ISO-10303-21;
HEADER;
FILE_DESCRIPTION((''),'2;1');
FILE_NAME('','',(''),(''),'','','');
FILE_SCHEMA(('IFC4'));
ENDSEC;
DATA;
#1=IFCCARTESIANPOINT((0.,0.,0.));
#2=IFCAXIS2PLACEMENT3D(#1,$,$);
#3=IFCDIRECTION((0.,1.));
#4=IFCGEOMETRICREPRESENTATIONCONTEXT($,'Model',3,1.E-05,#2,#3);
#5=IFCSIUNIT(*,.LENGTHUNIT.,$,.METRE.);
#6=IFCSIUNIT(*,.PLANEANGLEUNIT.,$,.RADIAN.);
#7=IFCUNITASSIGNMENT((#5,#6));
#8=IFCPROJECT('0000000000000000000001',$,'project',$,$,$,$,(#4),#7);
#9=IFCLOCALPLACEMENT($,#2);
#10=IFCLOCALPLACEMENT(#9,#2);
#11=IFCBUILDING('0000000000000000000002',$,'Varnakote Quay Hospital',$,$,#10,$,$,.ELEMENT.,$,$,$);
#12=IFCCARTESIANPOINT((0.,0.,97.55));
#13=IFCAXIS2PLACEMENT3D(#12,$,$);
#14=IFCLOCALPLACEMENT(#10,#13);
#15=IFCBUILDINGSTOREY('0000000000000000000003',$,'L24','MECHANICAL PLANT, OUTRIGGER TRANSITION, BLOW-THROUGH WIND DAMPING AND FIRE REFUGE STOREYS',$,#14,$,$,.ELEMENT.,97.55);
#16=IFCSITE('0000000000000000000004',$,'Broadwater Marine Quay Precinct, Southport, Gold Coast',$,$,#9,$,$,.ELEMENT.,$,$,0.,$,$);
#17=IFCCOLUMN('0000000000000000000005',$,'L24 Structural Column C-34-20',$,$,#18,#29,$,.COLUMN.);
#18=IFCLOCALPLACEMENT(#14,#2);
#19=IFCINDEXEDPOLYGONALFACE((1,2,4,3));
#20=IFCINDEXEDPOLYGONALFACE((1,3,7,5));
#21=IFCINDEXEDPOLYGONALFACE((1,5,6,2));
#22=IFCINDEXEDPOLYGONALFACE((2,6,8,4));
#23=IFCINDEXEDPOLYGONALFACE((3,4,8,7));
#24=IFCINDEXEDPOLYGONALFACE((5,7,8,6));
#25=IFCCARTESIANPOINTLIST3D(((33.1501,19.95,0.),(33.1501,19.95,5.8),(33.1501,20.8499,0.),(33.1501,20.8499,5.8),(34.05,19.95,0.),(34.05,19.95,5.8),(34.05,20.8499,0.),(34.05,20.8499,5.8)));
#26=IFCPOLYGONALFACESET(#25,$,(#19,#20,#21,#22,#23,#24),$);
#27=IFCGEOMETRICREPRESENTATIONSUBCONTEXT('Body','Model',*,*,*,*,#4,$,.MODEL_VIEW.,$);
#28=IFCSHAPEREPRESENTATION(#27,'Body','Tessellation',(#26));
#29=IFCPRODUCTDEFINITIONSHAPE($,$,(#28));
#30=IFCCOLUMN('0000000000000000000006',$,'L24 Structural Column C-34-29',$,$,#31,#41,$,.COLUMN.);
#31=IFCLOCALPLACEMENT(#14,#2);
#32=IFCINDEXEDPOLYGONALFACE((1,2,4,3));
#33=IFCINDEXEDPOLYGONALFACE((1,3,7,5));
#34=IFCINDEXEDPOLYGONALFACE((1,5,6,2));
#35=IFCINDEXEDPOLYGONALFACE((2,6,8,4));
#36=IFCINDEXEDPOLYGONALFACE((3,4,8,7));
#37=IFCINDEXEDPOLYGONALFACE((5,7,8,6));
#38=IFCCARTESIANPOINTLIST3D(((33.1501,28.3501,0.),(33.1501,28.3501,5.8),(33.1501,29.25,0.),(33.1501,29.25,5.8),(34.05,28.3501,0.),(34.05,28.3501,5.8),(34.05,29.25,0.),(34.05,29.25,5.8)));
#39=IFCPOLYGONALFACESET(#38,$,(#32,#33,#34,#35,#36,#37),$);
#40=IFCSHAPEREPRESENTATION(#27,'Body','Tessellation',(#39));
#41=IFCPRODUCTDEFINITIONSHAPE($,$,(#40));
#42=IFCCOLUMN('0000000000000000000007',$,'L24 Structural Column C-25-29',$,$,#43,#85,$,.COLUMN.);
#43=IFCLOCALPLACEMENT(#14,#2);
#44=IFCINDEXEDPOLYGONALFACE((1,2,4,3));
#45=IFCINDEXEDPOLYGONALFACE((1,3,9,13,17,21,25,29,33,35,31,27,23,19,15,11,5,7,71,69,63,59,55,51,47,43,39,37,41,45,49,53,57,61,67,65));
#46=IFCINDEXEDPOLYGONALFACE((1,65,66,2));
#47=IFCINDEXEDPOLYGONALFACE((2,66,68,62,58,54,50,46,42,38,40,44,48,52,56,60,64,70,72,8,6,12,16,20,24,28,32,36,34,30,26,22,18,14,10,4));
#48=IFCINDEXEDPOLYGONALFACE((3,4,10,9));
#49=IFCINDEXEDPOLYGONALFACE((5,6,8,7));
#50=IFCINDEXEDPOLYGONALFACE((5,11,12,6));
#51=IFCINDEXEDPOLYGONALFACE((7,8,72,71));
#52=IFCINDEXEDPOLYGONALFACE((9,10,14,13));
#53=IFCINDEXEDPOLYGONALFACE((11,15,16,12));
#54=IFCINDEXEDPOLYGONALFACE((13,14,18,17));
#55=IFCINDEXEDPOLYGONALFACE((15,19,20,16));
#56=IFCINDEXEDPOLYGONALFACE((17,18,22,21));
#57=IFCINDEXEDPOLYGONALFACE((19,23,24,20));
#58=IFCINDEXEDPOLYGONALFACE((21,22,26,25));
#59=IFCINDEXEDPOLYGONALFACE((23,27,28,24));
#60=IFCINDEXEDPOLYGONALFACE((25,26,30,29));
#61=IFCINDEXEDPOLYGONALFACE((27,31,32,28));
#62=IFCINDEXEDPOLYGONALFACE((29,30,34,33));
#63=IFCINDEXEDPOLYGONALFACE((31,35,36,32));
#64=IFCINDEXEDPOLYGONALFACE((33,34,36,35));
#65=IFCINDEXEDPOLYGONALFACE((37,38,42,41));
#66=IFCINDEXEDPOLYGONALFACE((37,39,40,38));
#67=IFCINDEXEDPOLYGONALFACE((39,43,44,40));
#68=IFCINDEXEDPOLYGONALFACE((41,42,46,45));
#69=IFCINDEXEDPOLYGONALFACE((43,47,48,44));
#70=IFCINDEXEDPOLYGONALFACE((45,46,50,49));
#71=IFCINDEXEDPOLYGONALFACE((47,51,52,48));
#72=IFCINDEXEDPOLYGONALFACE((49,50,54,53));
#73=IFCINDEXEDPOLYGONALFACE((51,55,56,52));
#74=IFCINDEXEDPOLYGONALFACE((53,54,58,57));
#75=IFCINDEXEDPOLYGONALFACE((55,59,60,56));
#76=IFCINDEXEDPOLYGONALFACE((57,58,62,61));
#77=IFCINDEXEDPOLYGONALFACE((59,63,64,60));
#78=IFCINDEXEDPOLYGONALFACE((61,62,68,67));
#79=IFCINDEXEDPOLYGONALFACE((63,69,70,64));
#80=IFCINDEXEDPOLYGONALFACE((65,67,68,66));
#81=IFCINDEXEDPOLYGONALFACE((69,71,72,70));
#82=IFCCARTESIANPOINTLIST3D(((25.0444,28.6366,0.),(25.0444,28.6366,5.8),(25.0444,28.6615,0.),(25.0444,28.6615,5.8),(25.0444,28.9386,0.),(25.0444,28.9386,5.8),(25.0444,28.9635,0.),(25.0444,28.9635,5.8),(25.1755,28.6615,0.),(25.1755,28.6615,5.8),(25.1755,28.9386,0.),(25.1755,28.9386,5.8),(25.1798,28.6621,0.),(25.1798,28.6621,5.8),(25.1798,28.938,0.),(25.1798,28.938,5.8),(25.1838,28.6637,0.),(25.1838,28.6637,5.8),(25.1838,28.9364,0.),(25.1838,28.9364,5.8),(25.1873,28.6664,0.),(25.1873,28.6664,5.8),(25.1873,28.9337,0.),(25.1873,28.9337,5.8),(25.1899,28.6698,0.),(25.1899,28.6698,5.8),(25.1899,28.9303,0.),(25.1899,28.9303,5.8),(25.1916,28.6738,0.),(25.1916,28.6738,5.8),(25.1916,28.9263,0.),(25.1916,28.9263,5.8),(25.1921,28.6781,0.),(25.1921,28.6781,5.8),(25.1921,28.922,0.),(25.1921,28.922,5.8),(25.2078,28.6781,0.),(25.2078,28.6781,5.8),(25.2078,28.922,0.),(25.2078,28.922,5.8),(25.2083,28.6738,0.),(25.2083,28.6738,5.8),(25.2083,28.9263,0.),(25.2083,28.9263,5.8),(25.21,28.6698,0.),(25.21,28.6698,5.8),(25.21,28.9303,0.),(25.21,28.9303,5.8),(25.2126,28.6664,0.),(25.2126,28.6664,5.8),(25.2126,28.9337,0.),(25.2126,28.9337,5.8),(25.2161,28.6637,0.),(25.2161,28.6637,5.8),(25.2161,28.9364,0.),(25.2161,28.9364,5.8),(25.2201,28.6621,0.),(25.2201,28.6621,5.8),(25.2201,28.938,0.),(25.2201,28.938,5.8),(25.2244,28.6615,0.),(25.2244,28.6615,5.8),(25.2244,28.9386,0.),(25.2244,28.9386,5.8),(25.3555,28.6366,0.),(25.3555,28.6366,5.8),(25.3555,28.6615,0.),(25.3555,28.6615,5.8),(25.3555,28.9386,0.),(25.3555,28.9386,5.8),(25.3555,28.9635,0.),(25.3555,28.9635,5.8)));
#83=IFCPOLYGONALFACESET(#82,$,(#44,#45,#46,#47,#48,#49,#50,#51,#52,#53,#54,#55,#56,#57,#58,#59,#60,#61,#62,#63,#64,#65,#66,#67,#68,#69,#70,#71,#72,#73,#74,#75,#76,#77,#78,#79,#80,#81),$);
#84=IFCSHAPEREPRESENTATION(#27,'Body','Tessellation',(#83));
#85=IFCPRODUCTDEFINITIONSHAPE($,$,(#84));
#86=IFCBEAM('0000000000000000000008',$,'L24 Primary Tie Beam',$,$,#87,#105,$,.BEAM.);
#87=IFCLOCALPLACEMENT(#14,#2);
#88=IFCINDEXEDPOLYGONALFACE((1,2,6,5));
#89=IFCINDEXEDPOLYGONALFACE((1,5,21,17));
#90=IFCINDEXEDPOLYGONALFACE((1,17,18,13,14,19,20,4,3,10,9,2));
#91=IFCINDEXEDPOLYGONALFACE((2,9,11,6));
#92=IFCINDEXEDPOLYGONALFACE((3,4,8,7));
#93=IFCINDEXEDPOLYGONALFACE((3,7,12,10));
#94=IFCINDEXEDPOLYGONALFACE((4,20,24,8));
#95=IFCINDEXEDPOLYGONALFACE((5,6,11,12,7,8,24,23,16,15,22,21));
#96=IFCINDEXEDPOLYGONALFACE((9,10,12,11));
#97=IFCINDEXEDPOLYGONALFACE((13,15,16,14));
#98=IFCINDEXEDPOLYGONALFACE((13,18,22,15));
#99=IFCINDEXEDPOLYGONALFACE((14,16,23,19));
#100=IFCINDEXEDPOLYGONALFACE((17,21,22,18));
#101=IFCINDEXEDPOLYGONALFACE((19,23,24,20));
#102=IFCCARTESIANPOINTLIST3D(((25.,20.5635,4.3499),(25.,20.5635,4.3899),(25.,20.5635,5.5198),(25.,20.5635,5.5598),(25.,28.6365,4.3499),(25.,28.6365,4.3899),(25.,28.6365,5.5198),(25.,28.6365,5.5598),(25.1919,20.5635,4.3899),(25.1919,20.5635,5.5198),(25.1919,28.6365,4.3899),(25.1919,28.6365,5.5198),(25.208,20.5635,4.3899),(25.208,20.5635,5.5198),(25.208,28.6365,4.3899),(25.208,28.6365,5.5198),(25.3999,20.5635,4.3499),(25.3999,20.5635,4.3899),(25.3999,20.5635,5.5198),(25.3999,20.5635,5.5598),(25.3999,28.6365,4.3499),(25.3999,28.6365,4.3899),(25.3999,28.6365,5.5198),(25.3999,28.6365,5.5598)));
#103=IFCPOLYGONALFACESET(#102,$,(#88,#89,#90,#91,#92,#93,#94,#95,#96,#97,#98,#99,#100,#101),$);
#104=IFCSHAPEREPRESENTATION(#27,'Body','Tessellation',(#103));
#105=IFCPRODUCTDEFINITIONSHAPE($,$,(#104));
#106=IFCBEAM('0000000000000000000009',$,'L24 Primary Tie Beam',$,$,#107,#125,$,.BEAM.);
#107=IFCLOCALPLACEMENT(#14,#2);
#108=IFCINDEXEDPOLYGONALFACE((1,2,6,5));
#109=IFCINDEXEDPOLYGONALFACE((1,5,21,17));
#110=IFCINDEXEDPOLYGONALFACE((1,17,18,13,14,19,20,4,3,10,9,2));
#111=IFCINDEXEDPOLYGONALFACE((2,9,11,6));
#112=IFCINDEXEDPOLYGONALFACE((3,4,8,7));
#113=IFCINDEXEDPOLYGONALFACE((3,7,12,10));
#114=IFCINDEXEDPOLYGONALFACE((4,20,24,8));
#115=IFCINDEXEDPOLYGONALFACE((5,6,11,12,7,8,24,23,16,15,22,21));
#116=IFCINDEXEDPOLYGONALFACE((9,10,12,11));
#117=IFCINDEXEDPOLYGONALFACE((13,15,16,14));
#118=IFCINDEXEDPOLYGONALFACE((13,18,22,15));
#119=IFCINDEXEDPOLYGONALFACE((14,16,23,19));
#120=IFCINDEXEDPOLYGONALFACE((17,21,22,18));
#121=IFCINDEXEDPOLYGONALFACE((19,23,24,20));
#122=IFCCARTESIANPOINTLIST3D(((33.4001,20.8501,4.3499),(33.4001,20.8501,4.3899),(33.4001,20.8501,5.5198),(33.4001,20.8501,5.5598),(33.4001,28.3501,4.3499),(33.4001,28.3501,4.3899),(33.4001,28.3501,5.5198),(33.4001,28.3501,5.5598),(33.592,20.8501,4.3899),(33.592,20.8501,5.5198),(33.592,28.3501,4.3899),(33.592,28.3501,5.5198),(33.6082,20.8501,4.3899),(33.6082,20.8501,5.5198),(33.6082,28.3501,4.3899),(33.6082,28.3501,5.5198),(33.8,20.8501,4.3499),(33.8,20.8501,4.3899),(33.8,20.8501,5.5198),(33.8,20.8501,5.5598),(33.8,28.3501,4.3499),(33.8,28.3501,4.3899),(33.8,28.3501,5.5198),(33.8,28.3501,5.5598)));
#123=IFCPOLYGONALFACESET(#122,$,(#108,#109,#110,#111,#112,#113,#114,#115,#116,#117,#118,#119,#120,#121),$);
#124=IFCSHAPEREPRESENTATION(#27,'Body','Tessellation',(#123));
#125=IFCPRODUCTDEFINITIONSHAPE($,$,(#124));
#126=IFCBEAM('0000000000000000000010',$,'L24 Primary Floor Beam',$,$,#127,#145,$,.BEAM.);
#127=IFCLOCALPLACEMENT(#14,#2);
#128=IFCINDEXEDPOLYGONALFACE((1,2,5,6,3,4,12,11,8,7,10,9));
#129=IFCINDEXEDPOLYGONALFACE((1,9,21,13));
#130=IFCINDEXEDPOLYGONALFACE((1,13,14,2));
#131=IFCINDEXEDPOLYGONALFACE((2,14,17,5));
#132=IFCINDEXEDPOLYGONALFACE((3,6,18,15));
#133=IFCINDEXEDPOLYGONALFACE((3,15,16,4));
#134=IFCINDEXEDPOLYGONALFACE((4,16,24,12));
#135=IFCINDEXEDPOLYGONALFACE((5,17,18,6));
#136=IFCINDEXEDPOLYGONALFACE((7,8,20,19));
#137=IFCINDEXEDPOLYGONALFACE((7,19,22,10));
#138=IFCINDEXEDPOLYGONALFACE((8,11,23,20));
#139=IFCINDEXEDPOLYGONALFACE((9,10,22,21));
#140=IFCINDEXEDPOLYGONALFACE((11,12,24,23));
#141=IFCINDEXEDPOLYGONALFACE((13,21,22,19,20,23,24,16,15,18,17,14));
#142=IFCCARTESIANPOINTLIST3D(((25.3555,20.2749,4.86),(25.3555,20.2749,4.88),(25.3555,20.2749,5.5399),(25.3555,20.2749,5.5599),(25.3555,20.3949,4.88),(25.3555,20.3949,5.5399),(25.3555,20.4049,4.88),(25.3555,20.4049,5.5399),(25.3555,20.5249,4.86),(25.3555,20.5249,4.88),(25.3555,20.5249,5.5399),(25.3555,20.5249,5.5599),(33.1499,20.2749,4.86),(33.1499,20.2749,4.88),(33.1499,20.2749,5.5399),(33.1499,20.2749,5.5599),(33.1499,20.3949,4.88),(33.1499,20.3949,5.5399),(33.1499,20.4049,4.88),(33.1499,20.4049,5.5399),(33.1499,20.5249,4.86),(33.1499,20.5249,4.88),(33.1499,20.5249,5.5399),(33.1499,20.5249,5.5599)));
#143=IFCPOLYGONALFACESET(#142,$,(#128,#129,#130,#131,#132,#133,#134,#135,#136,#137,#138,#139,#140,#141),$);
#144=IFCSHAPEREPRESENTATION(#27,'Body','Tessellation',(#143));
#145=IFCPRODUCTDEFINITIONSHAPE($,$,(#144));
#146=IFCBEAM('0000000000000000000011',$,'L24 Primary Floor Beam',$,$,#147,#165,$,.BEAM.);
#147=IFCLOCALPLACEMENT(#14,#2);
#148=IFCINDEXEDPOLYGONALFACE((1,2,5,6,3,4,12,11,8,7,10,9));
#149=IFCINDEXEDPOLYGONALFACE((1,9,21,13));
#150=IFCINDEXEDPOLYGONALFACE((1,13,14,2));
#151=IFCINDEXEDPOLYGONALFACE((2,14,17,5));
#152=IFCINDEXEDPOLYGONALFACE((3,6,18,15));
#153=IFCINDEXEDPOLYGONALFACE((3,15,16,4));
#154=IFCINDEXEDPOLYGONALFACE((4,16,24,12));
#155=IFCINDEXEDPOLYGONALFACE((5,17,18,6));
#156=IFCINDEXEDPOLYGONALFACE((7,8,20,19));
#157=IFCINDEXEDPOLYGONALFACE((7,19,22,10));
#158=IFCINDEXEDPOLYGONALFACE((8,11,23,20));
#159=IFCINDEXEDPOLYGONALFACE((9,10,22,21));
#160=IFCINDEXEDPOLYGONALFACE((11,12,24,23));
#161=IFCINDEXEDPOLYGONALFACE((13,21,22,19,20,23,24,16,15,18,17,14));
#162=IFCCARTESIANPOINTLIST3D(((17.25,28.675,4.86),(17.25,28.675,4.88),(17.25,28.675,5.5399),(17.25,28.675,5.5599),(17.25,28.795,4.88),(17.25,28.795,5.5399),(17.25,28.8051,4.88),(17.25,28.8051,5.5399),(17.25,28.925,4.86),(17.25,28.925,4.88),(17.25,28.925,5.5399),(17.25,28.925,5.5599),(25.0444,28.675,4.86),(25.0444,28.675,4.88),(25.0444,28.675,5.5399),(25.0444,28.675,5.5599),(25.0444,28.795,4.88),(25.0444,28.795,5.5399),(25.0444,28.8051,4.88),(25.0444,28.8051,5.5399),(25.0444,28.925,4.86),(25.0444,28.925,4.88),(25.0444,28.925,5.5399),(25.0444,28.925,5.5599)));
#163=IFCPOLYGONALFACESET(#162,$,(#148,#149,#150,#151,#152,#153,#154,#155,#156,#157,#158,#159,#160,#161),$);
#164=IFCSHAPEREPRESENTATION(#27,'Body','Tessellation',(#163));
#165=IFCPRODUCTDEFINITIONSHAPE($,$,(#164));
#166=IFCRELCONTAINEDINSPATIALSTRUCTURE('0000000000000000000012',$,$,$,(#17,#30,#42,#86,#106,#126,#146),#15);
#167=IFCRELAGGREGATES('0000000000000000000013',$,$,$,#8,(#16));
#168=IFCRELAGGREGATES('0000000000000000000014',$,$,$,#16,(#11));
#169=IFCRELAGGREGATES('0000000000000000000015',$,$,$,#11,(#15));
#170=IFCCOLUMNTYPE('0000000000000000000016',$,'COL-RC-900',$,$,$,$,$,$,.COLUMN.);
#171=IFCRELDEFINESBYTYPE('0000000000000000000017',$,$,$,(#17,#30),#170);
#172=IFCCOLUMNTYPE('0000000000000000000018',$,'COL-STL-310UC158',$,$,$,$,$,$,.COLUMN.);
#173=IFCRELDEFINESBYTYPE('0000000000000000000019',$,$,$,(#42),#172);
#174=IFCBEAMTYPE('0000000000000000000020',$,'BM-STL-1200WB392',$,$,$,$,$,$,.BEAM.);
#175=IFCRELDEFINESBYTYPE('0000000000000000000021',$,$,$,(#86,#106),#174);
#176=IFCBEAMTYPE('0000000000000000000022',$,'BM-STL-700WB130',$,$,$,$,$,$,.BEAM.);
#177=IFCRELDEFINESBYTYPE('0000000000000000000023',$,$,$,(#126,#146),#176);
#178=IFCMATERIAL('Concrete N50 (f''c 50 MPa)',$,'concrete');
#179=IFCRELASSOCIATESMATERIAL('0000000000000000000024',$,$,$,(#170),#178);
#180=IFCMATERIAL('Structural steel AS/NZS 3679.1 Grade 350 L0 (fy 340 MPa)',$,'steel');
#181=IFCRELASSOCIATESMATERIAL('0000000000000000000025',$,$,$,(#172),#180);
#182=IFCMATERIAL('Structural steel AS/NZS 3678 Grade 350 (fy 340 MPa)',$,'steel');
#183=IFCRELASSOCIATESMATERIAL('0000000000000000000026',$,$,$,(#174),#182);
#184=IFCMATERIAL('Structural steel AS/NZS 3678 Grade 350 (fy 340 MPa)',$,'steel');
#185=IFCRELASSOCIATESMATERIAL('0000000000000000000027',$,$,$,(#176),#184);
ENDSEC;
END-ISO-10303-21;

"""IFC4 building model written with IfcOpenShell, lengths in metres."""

from ifc_helpers import new_model, si_unit, direction, frame, origin, origin_2d, place, context, subcontext, project, spatial, rectangle, i_section, extrude, material, material_profile, profile_set, type_object, element, save


model = new_model("IFC4")

# Units and contexts
model_context = context("Model", 3, precision=1e-05, world=origin(), true_north=direction((0.0, 1.0)))
body_context = subcontext(model_context, "Body", "Model", "MODEL_VIEW")
ifc_project = project(units=[si_unit("LENGTHUNIT", "METRE"), si_unit("PLANEANGLEUNIT", "RADIAN")], contexts=[model_context])

# Site, building, storey
site_placement = place(None, origin())
site = spatial("IfcSite", under=ifc_project, at=site_placement, Name="Broadwater Marine Quay Precinct, Southport, Gold Coast", CompositionType="ELEMENT", RefElevation=0.0)
building_placement = place(site_placement, origin())
building = spatial("IfcBuilding", under=site, at=building_placement, Name="Varnakote Quay Hospital", CompositionType="ELEMENT")
storey_placement = place(building_placement, frame((0.0, 0.0, 97.55)))
storey = spatial("IfcBuildingStorey", under=building, at=storey_placement, Name="L24", Description="MECHANICAL PLANT, OUTRIGGER TRANSITION, BLOW-THROUGH WIND DAMPING AND FIRE REFUGE STOREYS", CompositionType="ELEMENT", Elevation=97.55)

# Columns
ifc_material_1 = material(Name="Concrete N50 (f'c 50 MPa)", Category="concrete")
ifc_material_profile_1 = material_profile(ifc_material_1, rectangle(XDim=0.8999, YDim=0.8999, at=origin_2d()), Name="RC-COL-900x900")
ifc_profile_set_1 = profile_set([ifc_material_profile_1], Name="Concrete N50 (f'c 50 MPa)")
column_type_1 = type_object("IfcColumnType", Name="COL-RC-900", PredefinedType="COLUMN", material=ifc_profile_set_1)
for number, where, z_axis, x_axis, name in (
    (1, (33.6001, 20.3999, 0.0), (0.0, 0.0, 1.0), (1.0, 0.0, 0.0), "L24 Structural Column C-34-20"),
    (2, (33.6001, 28.8, 0.0), (0.0, 0.0, 1.0), (1.0, 0.0, 0.0), "L24 Structural Column C-34-29"),
):
    element("IfcColumn", number, at=place(storey_placement, frame(where, z_axis=z_axis, x_axis=x_axis)), inside=storey, type_object=column_type_1, Name=name, PredefinedType="COLUMN", context=body_context, shape_type="SweptSolid", body=[
        extrude(rectangle(XDim=0.8999, YDim=0.8999, at=origin_2d()), origin(), (0.0, 0.0, 1.0), 5.8),
    ])
ifc_material_2 = material(Name="Structural steel AS/NZS 3679.1 Grade 350 L0 (fy 340 MPa)", Category="steel")
ifc_material_profile_2 = material_profile(ifc_material_2, i_section(OverallWidth=0.311, OverallDepth=0.3269, WebThickness=0.0156, FlangeThickness=0.0249, FilletRadius=0.0166, at=origin_2d()), Name="310UC158")
ifc_profile_set_2 = profile_set([ifc_material_profile_2], Name="Structural steel AS/NZS 3679.1 Grade 350 L0 (fy 340 MPa)")
column_type_2 = type_object("IfcColumnType", Name="COL-STL-310UC158", PredefinedType="COLUMN", material=ifc_profile_set_2)
column_placement = place(storey_placement, frame((25.2, 28.8, 0.0), z_axis=(0.0, 0.0, 1.0), x_axis=(1.0, 0.0, 0.0)))
element("IfcColumn", 3, at=column_placement, inside=storey, type_object=column_type_2, Name="L24 Structural Column C-25-29", PredefinedType="COLUMN", context=body_context, shape_type="SweptSolid", body=[
    extrude(i_section(OverallWidth=0.311, OverallDepth=0.3269, WebThickness=0.0156, FlangeThickness=0.0249, FilletRadius=0.0166, at=origin_2d()), origin(), (0.0, 0.0, 1.0), 5.8),
])

# Beams
ifc_material_3 = material(Name="Structural steel AS/NZS 3678 Grade 350 (fy 340 MPa)", Category="steel")
ifc_material_profile_3 = material_profile(ifc_material_3, i_section(OverallWidth=0.3999, OverallDepth=1.21, WebThickness=0.0161, FlangeThickness=0.04, at=origin_2d()), Name="1200WB392")
ifc_profile_set_3 = profile_set([ifc_material_profile_3], Name="Structural steel AS/NZS 3678 Grade 350 (fy 340 MPa)")
beam_type_1 = type_object("IfcBeamType", Name="BM-STL-1200WB392", PredefinedType="BEAM", material=ifc_profile_set_3)
beam_1_placement = place(storey_placement, frame((25.2, 20.5635, 4.9548), z_axis=(0.0, 1.0, 0.0), x_axis=(-1.0, 0.0, 0.0)))
element("IfcBeam", 4, at=beam_1_placement, inside=storey, type_object=beam_type_1, Name="L24 Primary Tie Beam", PredefinedType="BEAM", context=body_context, shape_type="SweptSolid", body=[
    extrude(i_section(OverallWidth=0.3999, OverallDepth=1.21, WebThickness=0.0161, FlangeThickness=0.04, at=origin_2d()), origin(), (0.0, 0.0, 1.0), 8.073),
])
beam_2_placement = place(storey_placement, frame((33.6001, 20.8501, 4.9548), z_axis=(0.0, 1.0, 0.0), x_axis=(-1.0, 0.0, 0.0)))
element("IfcBeam", 5, at=beam_2_placement, inside=storey, type_object=beam_type_1, Name="L24 Primary Tie Beam", PredefinedType="BEAM", context=body_context, shape_type="SweptSolid", body=[
    extrude(i_section(OverallWidth=0.3999, OverallDepth=1.21, WebThickness=0.0161, FlangeThickness=0.04, at=origin_2d()), origin(), (0.0, 0.0, 1.0), 7.5),
])
ifc_material_4 = material(Name="Structural steel AS/NZS 3678 Grade 350 (fy 340 MPa)", Category="steel")
ifc_material_profile_4 = material_profile(ifc_material_4, i_section(OverallWidth=0.25, OverallDepth=0.7, WebThickness=0.01, FlangeThickness=0.02, at=origin_2d()), Name="700WB130")
ifc_profile_set_4 = profile_set([ifc_material_profile_4], Name="Structural steel AS/NZS 3678 Grade 350 (fy 340 MPa)")
beam_type_2 = type_object("IfcBeamType", Name="BM-STL-700WB130", PredefinedType="BEAM", material=ifc_profile_set_4)
for number, where, z_axis, x_axis, name in (
    (6, (25.3555, 20.3999, 5.21), (1.0, 0.0, 0.0), (0.0, 1.0, 0.0), "L24 Primary Floor Beam"),
    (7, (17.25, 28.8, 5.21), (1.0, 0.0, 0.0), (0.0, 1.0, 0.0), "L24 Primary Floor Beam"),
):
    element("IfcBeam", number, at=place(storey_placement, frame(where, z_axis=z_axis, x_axis=x_axis)), inside=storey, type_object=beam_type_2, Name=name, PredefinedType="BEAM", context=body_context, shape_type="SweptSolid", body=[
        extrude(i_section(OverallWidth=0.25, OverallDepth=0.7, WebThickness=0.01, FlangeThickness=0.02, at=origin_2d()), origin(), (0.0, 0.0, 1.0), 7.7944),
    ])

save(model, "model.ifc")
